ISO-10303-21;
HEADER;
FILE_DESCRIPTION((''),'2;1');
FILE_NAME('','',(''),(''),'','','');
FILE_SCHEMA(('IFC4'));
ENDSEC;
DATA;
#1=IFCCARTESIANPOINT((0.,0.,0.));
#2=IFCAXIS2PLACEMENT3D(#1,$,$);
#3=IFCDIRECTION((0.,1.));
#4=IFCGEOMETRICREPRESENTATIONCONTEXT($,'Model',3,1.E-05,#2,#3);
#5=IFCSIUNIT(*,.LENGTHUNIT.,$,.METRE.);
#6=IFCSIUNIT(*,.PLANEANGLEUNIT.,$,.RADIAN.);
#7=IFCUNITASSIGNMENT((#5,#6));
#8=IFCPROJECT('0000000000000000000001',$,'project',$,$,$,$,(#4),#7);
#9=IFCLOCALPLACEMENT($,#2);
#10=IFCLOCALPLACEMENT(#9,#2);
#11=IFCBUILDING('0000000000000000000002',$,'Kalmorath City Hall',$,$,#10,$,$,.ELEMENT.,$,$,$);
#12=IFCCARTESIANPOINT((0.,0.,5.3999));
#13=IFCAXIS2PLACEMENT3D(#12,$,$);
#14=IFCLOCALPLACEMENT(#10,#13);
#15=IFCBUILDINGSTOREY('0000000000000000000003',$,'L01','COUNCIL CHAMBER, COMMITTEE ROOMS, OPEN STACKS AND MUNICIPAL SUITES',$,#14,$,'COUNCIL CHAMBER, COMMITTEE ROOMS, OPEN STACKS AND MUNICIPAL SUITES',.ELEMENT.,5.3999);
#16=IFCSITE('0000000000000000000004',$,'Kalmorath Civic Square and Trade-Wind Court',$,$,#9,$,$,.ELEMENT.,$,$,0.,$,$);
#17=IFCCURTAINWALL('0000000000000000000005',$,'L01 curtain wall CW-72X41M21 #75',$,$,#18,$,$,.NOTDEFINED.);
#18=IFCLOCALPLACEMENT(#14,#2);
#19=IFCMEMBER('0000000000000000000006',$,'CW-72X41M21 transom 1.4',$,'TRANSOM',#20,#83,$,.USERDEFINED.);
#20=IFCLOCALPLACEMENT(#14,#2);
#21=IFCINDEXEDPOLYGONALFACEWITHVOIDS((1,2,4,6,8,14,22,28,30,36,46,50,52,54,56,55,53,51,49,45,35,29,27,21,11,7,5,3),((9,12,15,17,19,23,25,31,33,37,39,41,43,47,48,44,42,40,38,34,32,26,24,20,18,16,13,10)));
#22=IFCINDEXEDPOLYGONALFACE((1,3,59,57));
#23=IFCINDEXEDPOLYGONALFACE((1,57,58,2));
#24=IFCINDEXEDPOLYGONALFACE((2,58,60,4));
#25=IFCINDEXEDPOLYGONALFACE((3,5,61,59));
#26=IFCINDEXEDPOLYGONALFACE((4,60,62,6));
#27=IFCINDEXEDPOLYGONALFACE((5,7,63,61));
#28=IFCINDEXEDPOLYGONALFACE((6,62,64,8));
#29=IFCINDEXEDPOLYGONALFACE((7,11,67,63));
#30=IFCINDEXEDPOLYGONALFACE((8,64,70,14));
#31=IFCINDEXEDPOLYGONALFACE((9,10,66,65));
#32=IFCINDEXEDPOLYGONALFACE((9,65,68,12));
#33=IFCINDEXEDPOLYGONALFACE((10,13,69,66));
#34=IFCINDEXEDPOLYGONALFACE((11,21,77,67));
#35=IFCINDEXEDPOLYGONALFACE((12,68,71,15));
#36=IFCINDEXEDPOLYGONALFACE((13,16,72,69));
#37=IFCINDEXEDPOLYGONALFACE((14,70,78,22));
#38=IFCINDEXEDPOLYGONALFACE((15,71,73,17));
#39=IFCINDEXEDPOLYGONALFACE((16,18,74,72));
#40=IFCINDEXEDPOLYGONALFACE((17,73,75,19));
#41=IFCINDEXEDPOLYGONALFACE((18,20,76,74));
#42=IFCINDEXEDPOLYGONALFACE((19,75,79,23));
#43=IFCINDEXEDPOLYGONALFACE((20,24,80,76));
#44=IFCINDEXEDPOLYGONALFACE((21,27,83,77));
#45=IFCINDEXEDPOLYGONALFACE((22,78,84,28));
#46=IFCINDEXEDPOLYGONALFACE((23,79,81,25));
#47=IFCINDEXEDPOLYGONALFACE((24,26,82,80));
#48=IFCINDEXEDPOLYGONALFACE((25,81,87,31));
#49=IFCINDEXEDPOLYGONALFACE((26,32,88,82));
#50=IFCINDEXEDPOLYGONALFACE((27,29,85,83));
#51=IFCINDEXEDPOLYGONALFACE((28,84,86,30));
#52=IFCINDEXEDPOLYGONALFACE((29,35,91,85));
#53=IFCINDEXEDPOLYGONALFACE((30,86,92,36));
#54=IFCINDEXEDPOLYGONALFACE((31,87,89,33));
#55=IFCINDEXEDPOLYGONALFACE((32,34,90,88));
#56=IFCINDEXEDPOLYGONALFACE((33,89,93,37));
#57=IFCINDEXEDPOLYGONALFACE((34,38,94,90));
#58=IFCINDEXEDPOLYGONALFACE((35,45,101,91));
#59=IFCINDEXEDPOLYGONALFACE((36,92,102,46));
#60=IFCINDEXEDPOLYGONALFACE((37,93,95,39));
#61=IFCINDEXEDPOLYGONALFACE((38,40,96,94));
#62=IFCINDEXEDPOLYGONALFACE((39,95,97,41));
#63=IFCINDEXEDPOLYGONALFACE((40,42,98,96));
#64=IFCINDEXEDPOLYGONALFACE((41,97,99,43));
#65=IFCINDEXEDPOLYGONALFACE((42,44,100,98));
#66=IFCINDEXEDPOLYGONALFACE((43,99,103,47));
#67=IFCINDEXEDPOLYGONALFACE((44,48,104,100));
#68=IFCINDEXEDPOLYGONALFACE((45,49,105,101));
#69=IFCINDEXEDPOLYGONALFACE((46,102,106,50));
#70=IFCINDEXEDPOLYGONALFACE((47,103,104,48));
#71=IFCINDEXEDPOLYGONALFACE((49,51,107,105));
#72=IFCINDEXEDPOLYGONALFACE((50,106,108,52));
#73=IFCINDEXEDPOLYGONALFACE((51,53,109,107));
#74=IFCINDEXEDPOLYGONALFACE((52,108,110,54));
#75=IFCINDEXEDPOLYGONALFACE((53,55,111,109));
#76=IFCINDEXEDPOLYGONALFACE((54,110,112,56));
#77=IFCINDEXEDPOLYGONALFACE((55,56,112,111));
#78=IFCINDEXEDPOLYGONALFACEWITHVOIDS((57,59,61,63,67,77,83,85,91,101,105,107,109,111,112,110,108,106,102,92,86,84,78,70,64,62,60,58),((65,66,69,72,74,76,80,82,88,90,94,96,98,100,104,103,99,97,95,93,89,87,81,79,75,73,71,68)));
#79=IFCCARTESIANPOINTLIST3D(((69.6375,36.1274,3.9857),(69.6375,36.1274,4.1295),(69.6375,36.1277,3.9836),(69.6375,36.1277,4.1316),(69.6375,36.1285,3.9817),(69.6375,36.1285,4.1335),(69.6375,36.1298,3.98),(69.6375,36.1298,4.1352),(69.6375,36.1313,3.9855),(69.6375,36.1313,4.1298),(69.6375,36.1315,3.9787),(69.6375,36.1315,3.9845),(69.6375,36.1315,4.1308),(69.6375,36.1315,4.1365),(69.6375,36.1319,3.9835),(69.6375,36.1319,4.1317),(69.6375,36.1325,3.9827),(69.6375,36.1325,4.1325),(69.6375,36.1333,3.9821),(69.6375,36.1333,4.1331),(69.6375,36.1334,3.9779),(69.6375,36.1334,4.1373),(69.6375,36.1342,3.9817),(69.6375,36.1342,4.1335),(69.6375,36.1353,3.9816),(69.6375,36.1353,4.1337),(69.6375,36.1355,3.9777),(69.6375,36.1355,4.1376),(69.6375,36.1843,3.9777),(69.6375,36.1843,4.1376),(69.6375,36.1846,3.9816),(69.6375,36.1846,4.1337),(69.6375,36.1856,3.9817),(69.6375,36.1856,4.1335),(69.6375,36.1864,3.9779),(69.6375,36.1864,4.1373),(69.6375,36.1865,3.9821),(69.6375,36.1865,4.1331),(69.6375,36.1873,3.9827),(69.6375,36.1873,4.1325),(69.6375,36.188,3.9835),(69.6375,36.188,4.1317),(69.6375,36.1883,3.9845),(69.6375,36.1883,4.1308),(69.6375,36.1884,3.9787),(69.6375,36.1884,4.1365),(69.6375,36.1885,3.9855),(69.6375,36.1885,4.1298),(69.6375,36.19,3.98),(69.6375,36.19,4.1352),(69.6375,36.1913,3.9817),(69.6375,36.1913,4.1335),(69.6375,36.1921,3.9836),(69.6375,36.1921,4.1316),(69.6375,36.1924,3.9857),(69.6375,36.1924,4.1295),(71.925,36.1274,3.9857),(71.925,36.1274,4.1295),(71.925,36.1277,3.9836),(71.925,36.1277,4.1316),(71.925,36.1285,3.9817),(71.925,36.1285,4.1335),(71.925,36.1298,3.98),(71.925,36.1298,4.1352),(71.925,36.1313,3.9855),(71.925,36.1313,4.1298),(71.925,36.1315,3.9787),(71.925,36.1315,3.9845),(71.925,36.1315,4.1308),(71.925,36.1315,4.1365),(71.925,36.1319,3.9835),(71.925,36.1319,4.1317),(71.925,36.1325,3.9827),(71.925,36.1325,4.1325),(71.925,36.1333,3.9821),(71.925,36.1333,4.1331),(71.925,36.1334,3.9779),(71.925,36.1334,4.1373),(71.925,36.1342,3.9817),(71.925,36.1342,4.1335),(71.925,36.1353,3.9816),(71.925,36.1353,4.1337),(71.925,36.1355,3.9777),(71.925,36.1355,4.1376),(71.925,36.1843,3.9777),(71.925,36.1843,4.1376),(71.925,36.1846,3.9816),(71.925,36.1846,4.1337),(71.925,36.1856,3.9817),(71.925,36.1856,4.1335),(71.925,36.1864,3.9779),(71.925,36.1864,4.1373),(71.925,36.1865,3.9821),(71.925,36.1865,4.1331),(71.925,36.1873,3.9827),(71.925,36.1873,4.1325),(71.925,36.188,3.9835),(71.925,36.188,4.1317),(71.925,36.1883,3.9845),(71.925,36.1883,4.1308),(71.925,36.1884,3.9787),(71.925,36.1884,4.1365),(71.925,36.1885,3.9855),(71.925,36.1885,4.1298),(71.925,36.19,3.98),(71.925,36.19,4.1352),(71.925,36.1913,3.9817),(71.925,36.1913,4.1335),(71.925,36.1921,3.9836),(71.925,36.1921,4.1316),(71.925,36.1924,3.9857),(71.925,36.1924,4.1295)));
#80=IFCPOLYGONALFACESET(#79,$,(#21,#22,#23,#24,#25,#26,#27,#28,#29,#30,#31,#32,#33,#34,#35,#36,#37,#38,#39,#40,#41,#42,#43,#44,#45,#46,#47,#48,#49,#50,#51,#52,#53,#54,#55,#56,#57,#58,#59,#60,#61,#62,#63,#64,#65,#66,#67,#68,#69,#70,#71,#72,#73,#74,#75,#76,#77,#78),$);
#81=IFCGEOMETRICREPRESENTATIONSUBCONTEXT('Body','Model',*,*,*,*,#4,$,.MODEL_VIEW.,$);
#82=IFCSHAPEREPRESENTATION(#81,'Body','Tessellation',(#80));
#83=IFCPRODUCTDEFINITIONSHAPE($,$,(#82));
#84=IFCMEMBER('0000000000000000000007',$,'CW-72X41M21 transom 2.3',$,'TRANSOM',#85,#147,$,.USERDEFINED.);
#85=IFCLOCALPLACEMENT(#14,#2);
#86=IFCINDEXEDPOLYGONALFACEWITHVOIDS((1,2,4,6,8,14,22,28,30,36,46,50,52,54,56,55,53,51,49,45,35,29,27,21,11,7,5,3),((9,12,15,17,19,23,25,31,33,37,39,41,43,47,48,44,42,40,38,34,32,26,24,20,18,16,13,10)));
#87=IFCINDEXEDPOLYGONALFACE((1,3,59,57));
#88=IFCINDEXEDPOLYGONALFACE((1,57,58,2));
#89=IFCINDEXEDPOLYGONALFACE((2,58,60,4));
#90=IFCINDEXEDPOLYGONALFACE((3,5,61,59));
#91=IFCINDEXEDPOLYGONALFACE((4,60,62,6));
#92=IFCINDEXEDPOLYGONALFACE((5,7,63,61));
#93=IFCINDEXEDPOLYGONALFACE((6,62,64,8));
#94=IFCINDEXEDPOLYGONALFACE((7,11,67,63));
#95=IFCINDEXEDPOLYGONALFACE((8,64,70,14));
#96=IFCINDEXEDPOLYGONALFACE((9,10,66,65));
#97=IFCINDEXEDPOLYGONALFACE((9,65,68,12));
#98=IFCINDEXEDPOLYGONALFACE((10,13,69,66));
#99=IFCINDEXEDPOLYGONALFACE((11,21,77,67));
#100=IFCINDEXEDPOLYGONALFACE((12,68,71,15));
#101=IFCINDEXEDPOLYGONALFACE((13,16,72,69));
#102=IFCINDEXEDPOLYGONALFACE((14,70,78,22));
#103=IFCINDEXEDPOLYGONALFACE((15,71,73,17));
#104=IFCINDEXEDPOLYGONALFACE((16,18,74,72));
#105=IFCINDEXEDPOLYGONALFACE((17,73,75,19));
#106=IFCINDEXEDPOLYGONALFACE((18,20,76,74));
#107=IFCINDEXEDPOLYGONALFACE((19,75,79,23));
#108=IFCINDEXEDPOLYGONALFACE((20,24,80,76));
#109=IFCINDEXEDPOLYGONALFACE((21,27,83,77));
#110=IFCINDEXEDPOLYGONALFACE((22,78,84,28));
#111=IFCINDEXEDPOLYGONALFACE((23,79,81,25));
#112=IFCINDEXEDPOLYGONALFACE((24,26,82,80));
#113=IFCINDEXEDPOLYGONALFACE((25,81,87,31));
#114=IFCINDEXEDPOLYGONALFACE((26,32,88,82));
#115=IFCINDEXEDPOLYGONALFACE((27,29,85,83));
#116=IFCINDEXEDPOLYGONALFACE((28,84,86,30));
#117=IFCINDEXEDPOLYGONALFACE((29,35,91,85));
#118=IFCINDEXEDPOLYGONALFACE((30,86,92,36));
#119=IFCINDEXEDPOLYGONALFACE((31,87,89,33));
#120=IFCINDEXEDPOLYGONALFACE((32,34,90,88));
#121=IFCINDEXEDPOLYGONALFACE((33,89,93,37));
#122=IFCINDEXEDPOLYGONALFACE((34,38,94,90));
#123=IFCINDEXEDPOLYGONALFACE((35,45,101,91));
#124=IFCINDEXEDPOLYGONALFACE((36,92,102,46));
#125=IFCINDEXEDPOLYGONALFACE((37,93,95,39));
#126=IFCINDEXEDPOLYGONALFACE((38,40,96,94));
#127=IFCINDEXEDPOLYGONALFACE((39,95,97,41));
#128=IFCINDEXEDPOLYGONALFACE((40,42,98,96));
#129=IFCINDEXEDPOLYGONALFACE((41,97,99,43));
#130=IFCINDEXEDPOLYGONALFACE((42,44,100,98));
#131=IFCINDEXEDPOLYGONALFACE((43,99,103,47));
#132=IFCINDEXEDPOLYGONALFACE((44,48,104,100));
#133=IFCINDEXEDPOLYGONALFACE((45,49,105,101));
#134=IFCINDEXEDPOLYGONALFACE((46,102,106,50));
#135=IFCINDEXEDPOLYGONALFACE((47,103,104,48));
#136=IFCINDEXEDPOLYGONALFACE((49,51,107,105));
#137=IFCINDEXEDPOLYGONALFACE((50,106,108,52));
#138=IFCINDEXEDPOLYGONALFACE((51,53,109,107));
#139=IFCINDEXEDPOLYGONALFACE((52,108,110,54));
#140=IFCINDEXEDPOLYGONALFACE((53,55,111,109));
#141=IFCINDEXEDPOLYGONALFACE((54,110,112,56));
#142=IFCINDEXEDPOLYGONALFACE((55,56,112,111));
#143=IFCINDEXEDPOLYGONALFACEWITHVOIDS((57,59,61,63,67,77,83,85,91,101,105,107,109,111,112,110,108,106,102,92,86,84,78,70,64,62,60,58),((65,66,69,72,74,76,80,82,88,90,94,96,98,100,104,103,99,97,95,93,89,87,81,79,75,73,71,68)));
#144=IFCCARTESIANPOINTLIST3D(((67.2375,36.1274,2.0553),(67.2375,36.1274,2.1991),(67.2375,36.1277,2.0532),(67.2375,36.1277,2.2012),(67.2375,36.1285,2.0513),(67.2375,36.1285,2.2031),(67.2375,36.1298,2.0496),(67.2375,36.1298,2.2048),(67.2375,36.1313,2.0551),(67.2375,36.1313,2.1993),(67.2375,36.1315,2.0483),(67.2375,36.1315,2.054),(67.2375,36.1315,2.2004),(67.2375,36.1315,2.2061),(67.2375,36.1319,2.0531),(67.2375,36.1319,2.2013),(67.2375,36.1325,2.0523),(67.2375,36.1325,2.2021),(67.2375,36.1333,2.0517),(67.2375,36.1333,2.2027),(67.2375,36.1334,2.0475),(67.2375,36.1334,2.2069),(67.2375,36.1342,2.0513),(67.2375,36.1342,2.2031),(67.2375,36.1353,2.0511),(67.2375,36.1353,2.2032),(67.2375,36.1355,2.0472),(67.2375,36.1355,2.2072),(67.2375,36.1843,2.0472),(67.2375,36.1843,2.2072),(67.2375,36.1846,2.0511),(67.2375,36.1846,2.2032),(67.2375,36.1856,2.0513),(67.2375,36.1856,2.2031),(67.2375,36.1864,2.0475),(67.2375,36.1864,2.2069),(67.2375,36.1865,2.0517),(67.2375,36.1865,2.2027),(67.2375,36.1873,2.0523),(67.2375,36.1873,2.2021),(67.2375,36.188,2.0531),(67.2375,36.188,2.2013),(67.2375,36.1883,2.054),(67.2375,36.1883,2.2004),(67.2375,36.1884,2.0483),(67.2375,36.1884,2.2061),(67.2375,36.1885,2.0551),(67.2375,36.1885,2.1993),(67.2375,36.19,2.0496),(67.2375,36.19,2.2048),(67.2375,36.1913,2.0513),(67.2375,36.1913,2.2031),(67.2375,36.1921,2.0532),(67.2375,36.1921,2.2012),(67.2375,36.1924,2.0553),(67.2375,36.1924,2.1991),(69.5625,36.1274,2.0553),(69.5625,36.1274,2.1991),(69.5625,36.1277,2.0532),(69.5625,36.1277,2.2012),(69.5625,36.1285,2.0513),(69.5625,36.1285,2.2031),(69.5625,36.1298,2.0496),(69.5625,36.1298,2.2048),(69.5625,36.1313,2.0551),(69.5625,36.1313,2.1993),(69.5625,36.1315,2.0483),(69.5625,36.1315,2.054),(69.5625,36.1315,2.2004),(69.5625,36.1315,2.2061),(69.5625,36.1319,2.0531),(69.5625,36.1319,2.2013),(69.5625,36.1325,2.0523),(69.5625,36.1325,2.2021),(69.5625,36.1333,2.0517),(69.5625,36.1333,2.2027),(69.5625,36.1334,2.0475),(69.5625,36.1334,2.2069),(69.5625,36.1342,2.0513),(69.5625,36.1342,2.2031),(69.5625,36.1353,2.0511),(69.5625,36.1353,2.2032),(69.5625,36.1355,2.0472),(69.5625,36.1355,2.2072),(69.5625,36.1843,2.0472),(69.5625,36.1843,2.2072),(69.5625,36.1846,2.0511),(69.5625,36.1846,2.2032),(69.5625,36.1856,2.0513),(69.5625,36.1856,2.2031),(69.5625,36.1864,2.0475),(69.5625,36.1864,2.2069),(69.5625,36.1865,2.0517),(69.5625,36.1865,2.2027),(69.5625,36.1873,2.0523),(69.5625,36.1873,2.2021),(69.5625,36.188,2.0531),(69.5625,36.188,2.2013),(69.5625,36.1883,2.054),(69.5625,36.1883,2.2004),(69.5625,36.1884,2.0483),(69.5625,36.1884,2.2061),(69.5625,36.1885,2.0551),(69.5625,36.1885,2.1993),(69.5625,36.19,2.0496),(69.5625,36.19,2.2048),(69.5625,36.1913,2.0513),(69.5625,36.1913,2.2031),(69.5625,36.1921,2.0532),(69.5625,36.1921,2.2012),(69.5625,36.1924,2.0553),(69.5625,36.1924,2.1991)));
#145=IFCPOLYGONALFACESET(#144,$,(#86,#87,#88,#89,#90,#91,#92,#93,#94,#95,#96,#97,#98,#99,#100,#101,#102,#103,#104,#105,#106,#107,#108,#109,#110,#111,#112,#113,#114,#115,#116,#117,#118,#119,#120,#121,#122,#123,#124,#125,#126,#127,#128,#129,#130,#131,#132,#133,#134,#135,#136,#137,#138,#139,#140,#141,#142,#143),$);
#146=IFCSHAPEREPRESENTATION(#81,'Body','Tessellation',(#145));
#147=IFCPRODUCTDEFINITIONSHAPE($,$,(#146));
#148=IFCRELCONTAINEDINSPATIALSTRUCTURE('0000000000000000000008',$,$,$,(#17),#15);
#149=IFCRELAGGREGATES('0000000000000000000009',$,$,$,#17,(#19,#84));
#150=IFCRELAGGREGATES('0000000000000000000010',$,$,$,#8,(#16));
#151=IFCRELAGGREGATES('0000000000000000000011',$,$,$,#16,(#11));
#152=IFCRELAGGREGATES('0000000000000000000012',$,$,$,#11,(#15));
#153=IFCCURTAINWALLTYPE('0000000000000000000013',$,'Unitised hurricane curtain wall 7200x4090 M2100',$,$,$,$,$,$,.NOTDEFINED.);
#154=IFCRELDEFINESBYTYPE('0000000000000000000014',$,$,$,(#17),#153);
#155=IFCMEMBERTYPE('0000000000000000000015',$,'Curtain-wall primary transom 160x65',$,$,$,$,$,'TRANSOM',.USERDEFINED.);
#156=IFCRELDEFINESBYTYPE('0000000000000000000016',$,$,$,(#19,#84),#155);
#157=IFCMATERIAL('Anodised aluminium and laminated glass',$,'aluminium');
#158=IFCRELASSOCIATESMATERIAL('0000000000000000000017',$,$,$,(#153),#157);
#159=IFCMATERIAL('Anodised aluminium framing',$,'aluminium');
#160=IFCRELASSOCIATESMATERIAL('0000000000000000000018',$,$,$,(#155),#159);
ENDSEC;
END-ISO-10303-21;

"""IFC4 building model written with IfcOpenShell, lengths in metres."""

from ifc_helpers import new_model, si_unit, direction, frame, origin, origin_2d, place, context, subcontext, project, spatial, hollow_rectangle, extrude, material, material_profile, profile_set, type_object, element, aggregate, save


model = new_model("IFC4")

# Units and contexts
model_context = context("Model", 3, precision=1e-05, world=origin(), true_north=direction((0.0, 1.0)))
body_context = subcontext(model_context, "Body", "Model", "MODEL_VIEW")
ifc_project = project(units=[si_unit("LENGTHUNIT", "METRE"), si_unit("PLANEANGLEUNIT", "RADIAN")], contexts=[model_context])

# Site, building, storey
site_placement = place(None, origin())
site = spatial("IfcSite", under=ifc_project, at=site_placement, Name="Kalmorath Civic Square and Trade-Wind Court", CompositionType="ELEMENT", RefElevation=0.0)
building_placement = place(site_placement, origin())
building = spatial("IfcBuilding", under=site, at=building_placement, Name="Kalmorath City Hall", CompositionType="ELEMENT")
storey_placement = place(building_placement, frame((0.0, 0.0, 5.3999)))
storey = spatial("IfcBuildingStorey", under=building, at=storey_placement, Name="L01", Description="COUNCIL CHAMBER, COMMITTEE ROOMS, OPEN STACKS AND MUNICIPAL SUITES", LongName="COUNCIL CHAMBER, COMMITTEE ROOMS, OPEN STACKS AND MUNICIPAL SUITES", CompositionType="ELEMENT", Elevation=5.3999)

# Curtain wall
ifc_material_1 = material(Name="Anodised aluminium and laminated glass", Category="aluminium")
curtain_wall_type_1 = type_object("IfcCurtainWallType", Name="Unitised hurricane curtain wall 7200x4090 M2100", PredefinedType="NOTDEFINED", material=ifc_material_1)
curtain_wall_1_placement = place(storey_placement, origin())
curtain_wall_1 = element("IfcCurtainWall", 1, at=curtain_wall_1_placement, inside=storey, type_object=curtain_wall_type_1, Name="L01 curtain wall CW-72X41M21 #75", PredefinedType="NOTDEFINED")

# Members
ifc_material_2 = material(Name="Anodised aluminium framing", Category="aluminium")
ifc_material_profile_1 = material_profile(ifc_material_2, hollow_rectangle(XDim=0.0649, YDim=0.1599, WallThickness=0.0039, InnerFilletRadius=0.0039, OuterFilletRadius=0.0081, at=origin_2d()), Name="ALU-TRN-160X65X4")
ifc_profile_set_1 = profile_set([ifc_material_profile_1], Name="Anodised aluminium framing")
member_type_1 = type_object("IfcMemberType", Name="Curtain-wall primary transom 160x65", ElementType="TRANSOM", PredefinedType="USERDEFINED", material=ifc_profile_set_1)
member_1_placement = place(storey_placement, frame((71.925, 36.1599, 4.0576), z_axis=(-1.0, 0.0, 0.0), x_axis=(0.0, -1.0, 0.0)))
member_1 = element("IfcMember", 2, at=member_1_placement, type_object=member_type_1, Name="CW-72X41M21 transom 1.4", ObjectType="TRANSOM", PredefinedType="USERDEFINED", context=body_context, shape_type="SweptSolid", body=[
    extrude(hollow_rectangle(XDim=0.0649, YDim=0.1599, WallThickness=0.0039, InnerFilletRadius=0.0039, OuterFilletRadius=0.0081, at=origin_2d()), origin(), (0.0, 0.0, 1.0), 2.2876),
])
member_2_placement = place(storey_placement, frame((69.5625, 36.1599, 2.1272), z_axis=(-1.0, 0.0, 0.0), x_axis=(0.0, -1.0, 0.0)))
member_2 = element("IfcMember", 3, at=member_2_placement, type_object=member_type_1, Name="CW-72X41M21 transom 2.3", ObjectType="TRANSOM", PredefinedType="USERDEFINED", context=body_context, shape_type="SweptSolid", body=[
    extrude(hollow_rectangle(XDim=0.0649, YDim=0.1599, WallThickness=0.0039, InnerFilletRadius=0.0039, OuterFilletRadius=0.0081, at=origin_2d()), origin(), (0.0, 0.0, 1.0), 2.325),
])

aggregate(curtain_wall_1, [member_1, member_2])

save(model, "model.ifc")
